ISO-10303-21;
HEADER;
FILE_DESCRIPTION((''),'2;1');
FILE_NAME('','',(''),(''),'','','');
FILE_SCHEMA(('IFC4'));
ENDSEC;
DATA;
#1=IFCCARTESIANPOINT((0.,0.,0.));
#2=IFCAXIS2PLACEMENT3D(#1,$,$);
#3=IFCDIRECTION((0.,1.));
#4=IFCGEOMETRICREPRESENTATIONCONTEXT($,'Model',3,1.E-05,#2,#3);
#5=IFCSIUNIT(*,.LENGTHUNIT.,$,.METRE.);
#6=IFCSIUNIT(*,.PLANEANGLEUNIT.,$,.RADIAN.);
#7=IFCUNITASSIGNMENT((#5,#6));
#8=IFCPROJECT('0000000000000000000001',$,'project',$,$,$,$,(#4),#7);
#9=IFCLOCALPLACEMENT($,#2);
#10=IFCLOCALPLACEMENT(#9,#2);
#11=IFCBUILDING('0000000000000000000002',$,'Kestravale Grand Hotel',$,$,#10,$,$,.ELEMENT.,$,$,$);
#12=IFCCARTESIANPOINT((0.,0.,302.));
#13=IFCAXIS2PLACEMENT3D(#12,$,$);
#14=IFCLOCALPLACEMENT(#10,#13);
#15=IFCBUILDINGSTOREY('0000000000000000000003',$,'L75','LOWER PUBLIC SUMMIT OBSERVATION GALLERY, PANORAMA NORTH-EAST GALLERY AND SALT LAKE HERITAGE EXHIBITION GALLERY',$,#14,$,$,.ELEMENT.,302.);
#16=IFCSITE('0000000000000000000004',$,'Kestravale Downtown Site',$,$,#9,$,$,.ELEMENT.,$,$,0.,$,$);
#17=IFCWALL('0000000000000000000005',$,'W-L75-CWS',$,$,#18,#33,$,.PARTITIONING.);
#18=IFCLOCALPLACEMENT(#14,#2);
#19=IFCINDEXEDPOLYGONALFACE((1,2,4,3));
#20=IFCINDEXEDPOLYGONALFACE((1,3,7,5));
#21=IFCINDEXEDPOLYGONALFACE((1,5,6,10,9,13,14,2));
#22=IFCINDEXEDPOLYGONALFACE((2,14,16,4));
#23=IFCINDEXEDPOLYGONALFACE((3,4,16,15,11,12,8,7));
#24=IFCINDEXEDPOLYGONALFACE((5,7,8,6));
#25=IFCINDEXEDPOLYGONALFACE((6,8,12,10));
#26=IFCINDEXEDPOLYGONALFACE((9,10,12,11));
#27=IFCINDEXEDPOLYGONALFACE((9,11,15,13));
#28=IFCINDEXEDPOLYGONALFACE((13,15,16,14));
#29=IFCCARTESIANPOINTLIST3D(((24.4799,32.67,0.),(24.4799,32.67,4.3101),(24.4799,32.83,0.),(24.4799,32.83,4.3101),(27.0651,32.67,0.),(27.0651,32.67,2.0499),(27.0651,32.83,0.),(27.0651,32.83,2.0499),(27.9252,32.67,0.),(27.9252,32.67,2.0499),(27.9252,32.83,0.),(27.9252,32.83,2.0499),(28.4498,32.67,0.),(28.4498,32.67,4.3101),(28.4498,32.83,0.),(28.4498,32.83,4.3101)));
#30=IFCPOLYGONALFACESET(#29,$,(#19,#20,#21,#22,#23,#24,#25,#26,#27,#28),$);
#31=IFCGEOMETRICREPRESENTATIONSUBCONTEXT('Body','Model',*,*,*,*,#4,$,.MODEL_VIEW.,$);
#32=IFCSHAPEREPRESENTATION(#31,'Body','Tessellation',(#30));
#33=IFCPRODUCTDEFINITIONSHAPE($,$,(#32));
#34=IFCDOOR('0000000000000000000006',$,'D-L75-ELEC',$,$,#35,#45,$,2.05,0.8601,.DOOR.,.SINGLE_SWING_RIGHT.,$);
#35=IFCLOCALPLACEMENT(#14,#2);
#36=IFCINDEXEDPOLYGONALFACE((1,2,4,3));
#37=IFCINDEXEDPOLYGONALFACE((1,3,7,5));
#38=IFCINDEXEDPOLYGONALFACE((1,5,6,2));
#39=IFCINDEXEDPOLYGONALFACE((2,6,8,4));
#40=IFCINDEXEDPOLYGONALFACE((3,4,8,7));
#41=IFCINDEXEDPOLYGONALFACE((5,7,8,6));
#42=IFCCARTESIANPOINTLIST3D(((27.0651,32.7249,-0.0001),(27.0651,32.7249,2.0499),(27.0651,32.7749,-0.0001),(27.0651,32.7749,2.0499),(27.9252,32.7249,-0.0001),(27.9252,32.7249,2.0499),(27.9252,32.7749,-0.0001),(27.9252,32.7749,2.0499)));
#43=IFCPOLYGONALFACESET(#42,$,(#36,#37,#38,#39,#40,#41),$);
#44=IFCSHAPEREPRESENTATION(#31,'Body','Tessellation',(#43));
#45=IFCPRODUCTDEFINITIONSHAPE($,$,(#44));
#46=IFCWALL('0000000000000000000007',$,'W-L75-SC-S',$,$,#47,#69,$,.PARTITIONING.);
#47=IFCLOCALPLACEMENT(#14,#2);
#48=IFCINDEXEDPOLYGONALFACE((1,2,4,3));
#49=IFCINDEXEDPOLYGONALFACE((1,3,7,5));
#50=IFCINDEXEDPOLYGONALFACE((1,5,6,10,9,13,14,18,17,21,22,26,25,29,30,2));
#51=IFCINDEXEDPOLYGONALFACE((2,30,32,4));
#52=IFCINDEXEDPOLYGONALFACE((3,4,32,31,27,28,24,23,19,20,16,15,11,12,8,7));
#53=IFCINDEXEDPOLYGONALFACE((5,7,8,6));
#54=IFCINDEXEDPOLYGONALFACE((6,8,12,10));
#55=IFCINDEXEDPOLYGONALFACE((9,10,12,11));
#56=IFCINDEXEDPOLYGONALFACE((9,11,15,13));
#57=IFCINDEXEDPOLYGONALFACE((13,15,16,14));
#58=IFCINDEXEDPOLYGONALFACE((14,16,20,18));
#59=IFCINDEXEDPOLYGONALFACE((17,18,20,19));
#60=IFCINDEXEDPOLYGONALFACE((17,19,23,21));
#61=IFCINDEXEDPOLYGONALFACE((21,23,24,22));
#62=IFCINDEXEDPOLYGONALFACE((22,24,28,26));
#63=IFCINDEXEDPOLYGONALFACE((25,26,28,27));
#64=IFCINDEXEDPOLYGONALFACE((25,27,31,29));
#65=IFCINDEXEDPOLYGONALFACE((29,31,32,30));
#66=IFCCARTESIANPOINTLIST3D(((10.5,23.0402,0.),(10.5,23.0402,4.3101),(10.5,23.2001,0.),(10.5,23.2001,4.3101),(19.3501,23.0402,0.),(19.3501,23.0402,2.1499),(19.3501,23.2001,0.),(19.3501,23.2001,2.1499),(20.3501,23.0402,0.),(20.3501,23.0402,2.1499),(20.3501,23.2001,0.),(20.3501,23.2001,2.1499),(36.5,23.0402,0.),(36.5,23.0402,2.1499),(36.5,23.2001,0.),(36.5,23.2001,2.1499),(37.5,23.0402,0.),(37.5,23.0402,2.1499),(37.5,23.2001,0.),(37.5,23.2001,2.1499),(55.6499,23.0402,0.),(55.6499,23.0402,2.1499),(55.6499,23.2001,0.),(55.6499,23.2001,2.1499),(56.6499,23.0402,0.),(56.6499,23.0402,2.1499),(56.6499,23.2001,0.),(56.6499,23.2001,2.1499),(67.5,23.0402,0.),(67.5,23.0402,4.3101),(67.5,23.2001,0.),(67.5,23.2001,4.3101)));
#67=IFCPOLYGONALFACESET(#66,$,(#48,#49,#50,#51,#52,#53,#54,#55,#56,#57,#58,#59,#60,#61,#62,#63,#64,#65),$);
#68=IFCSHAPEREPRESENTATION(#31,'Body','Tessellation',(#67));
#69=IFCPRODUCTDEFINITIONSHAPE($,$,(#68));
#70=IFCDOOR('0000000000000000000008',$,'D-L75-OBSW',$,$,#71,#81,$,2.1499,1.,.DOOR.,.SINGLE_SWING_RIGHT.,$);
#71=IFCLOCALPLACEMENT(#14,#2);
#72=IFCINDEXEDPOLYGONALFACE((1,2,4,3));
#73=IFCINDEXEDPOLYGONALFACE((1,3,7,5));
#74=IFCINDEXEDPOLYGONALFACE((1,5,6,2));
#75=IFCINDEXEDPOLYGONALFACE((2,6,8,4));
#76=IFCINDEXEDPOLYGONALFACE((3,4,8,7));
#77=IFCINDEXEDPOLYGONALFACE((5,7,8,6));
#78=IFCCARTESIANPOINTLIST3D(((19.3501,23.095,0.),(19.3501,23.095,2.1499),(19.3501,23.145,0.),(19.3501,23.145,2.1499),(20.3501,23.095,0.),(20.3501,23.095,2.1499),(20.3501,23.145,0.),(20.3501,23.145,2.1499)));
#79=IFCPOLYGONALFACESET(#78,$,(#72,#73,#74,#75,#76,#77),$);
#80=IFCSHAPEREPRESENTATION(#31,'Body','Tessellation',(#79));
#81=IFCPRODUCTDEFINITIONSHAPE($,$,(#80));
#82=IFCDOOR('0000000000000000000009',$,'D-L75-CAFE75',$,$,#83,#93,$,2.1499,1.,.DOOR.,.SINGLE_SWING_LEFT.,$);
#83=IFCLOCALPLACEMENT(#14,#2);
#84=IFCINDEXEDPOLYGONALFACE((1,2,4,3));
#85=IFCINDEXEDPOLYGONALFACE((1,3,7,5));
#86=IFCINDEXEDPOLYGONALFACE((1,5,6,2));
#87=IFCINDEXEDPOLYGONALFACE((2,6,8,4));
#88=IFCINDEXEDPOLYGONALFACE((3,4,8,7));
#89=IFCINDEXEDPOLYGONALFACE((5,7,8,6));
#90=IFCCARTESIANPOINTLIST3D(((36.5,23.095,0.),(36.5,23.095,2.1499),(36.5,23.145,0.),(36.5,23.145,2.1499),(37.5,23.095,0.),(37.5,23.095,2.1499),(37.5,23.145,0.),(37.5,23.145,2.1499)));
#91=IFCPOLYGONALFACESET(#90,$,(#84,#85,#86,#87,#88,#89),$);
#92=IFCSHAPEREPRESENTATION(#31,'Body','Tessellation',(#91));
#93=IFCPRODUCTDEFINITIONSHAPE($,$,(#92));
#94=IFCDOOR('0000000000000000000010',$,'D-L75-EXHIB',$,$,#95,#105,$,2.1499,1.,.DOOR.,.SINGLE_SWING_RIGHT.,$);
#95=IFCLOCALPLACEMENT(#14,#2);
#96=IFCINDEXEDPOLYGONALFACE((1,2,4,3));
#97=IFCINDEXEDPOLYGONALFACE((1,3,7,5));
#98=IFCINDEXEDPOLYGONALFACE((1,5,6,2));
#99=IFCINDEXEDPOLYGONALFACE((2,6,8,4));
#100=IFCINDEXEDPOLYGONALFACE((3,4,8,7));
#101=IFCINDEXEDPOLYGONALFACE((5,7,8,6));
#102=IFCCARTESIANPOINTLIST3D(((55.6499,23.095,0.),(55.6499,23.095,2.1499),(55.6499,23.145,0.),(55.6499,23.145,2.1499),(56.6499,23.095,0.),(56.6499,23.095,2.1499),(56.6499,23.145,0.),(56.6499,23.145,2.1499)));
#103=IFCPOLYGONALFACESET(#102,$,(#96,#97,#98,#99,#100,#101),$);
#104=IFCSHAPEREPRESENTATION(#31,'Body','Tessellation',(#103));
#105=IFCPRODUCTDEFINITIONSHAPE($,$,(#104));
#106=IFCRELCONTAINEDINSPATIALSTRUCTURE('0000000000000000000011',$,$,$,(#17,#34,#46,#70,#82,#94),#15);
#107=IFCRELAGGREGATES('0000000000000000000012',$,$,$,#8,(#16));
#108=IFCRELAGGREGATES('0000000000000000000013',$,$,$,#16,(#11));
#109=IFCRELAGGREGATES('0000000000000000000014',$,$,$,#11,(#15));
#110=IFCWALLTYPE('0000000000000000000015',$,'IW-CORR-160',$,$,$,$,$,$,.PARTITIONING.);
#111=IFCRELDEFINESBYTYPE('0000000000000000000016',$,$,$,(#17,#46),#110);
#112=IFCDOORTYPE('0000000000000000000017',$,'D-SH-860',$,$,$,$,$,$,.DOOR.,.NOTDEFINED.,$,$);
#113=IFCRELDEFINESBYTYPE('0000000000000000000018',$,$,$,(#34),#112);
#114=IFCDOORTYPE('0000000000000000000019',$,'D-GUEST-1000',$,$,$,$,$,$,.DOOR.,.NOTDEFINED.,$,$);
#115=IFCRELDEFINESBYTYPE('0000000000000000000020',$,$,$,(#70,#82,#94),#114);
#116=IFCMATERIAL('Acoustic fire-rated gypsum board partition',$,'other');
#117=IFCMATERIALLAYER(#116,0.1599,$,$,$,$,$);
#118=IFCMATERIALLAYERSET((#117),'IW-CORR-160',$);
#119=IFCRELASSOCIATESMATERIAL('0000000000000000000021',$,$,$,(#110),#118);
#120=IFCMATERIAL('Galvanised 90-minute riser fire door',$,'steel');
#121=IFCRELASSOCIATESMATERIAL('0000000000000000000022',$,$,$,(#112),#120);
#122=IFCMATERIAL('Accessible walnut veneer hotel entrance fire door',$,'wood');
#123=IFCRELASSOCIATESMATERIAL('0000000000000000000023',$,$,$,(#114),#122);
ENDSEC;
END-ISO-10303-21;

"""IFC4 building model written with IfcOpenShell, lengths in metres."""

from ifc_helpers import new_model, si_unit, direction, frame, frame_2d, origin, place, context, subcontext, project, spatial, rectangle, extrude, material, layer, layer_set, type_object, element, fill, save


model = new_model("IFC4")

# Units and contexts
model_context = context("Model", 3, precision=1e-05, world=origin(), true_north=direction((0.0, 1.0)))
body_context = subcontext(model_context, "Body", "Model", "MODEL_VIEW")
ifc_project = project(units=[si_unit("LENGTHUNIT", "METRE"), si_unit("PLANEANGLEUNIT", "RADIAN")], contexts=[model_context])

# Site, building, storey
site_placement = place(None, origin())
site = spatial("IfcSite", under=ifc_project, at=site_placement, Name="Kestravale Downtown Site", CompositionType="ELEMENT", RefElevation=0.0)
building_placement = place(site_placement, origin())
building = spatial("IfcBuilding", under=site, at=building_placement, Name="Kestravale Grand Hotel", CompositionType="ELEMENT")
storey_placement = place(building_placement, frame((0.0, 0.0, 302.0)))
storey = spatial("IfcBuildingStorey", under=building, at=storey_placement, Name="L75", Description="LOWER PUBLIC SUMMIT OBSERVATION GALLERY, PANORAMA NORTH-EAST GALLERY AND SALT LAKE HERITAGE EXHIBITION GALLERY", CompositionType="ELEMENT", Elevation=302.0)

# Wall, opening, door
ifc_material_1 = material(Name="Acoustic fire-rated gypsum board partition", Category="other")
ifc_layer_1 = layer(ifc_material_1, 0.1599)
ifc_layer_set_1 = layer_set([ifc_layer_1], Name="IW-CORR-160")
wall_type_1 = type_object("IfcWallType", Name="IW-CORR-160", PredefinedType="PARTITIONING", material=ifc_layer_set_1)
wall_1_placement = place(storey_placement, frame((24.48, 32.75, 0.0), z_axis=(0.0, 0.0, 1.0), x_axis=(1.0, 0.0, 0.0)))
wall_1 = element("IfcWall", 1, at=wall_1_placement, inside=storey, type_object=wall_type_1, Name="W-L75-CWS", PredefinedType="PARTITIONING", context=body_context, shape_type="SweptSolid", body=[
    extrude(rectangle(XDim=3.97, YDim=0.1599, at=frame_2d((1.9849, 0.0))), origin(), (0.0, 0.0, 1.0), 4.3101),
])
opening_1_placement = place(wall_1_placement, frame((2.585, 0.0, 0.0)))
opening_1 = element("IfcOpeningElement", 2, at=opening_1_placement, cuts=wall_1, PredefinedType="OPENING", context=body_context, shape_type="SweptSolid", body=[
    extrude(rectangle(XDim=0.8601, YDim=2.05, at=frame_2d((0.4302, 1.0249))), frame((0.0, 0.0898, 0.0), z_axis=(0.0, -1.0, 0.0), x_axis=(1.0, 0.0, 0.0)), (0.0, 0.0, 1.0), 0.1799),
])
ifc_material_2 = material(Name="Galvanised 90-minute riser fire door", Category="steel")
door_type_1 = type_object("IfcDoorType", Name="D-SH-860", OperationType="NOTDEFINED", PredefinedType="DOOR", material=ifc_material_2)
door_1_placement = place(opening_1_placement, origin())
door_1 = element("IfcDoor", 3, at=door_1_placement, inside=storey, type_object=door_type_1, Name="D-L75-ELEC", OperationType="SINGLE_SWING_RIGHT", OverallHeight=2.05, OverallWidth=0.8601, PredefinedType="DOOR", context=body_context, shape_type="SweptSolid", body=[
    extrude(rectangle(XDim=0.8601, YDim=2.05, at=frame_2d((0.4302, 1.0249))), frame((0.0, 0.0249, 0.0), z_axis=(0.0, -1.0, 0.0), x_axis=(1.0, 0.0, 0.0)), (0.0, 0.0, 1.0), 0.05),
])
fill(opening_1, door_1)

# Wall, openings, doors
wall_2_placement = place(storey_placement, frame((10.5, 23.1201, 0.0), z_axis=(0.0, 0.0, 1.0), x_axis=(1.0, 0.0, 0.0)))
wall_2 = element("IfcWall", 4, at=wall_2_placement, inside=storey, type_object=wall_type_1, Name="W-L75-SC-S", PredefinedType="PARTITIONING", context=body_context, shape_type="SweptSolid", body=[
    extrude(rectangle(XDim=57.0, YDim=0.1599, at=frame_2d((28.5, 0.0))), origin(), (0.0, 0.0, 1.0), 4.3101),
])
opening_2_placement = place(wall_2_placement, frame((8.8501, 0.0, 0.0)))
opening_2 = element("IfcOpeningElement", 5, at=opening_2_placement, cuts=wall_2, PredefinedType="OPENING", context=body_context, shape_type="SweptSolid", body=[
    extrude(rectangle(XDim=1.0, YDim=2.1499, at=frame_2d((0.5, 1.075))), frame((0.0, 0.0898, 0.0), z_axis=(0.0, -1.0, 0.0), x_axis=(1.0, 0.0, 0.0)), (0.0, 0.0, 1.0), 0.1799),
])
opening_3_placement = place(wall_2_placement, frame((26.0, 0.0, 0.0)))
opening_3 = element("IfcOpeningElement", 6, at=opening_3_placement, cuts=wall_2, PredefinedType="OPENING", context=body_context, shape_type="SweptSolid", body=[
    extrude(rectangle(XDim=1.0, YDim=2.1499, at=frame_2d((0.5, 1.075))), frame((0.0, 0.0898, 0.0), z_axis=(0.0, -1.0, 0.0), x_axis=(1.0, 0.0, 0.0)), (0.0, 0.0, 1.0), 0.1799),
])
opening_4_placement = place(wall_2_placement, frame((45.1499, 0.0, 0.0)))
opening_4 = element("IfcOpeningElement", 7, at=opening_4_placement, cuts=wall_2, PredefinedType="OPENING", context=body_context, shape_type="SweptSolid", body=[
    extrude(rectangle(XDim=1.0, YDim=2.1499, at=frame_2d((0.5, 1.075))), frame((0.0, 0.0898, 0.0), z_axis=(0.0, -1.0, 0.0), x_axis=(1.0, 0.0, 0.0)), (0.0, 0.0, 1.0), 0.1799),
])
ifc_material_3 = material(Name="Accessible walnut veneer hotel entrance fire door", Category="wood")
door_type_2 = type_object("IfcDoorType", Name="D-GUEST-1000", OperationType="NOTDEFINED", PredefinedType="DOOR", material=ifc_material_3)
door_2_placement = place(opening_2_placement, origin())
door_2 = element("IfcDoor", 8, at=door_2_placement, inside=storey, type_object=door_type_2, Name="D-L75-OBSW", OperationType="SINGLE_SWING_RIGHT", OverallHeight=2.1499, OverallWidth=1.0, PredefinedType="DOOR", context=body_context, shape_type="SweptSolid", body=[
    extrude(rectangle(XDim=1.0, YDim=2.1499, at=frame_2d((0.5, 1.075))), frame((0.0, 0.0249, 0.0), z_axis=(0.0, -1.0, 0.0), x_axis=(1.0, 0.0, 0.0)), (0.0, 0.0, 1.0), 0.05),
])
fill(opening_2, door_2)
door_3_placement = place(opening_3_placement, origin())
door_3 = element("IfcDoor", 9, at=door_3_placement, inside=storey, type_object=door_type_2, Name="D-L75-CAFE75", OperationType="SINGLE_SWING_LEFT", OverallHeight=2.1499, OverallWidth=1.0, PredefinedType="DOOR", context=body_context, shape_type="SweptSolid", body=[
    extrude(rectangle(XDim=1.0, YDim=2.1499, at=frame_2d((0.5, 1.075))), frame((0.0, 0.0249, 0.0), z_axis=(0.0, -1.0, 0.0), x_axis=(1.0, 0.0, 0.0)), (0.0, 0.0, 1.0), 0.05),
])
fill(opening_3, door_3)
door_4_placement = place(opening_4_placement, origin())
door_4 = element("IfcDoor", 10, at=door_4_placement, inside=storey, type_object=door_type_2, Name="D-L75-EXHIB", OperationType="SINGLE_SWING_RIGHT", OverallHeight=2.1499, OverallWidth=1.0, PredefinedType="DOOR", context=body_context, shape_type="SweptSolid", body=[
    extrude(rectangle(XDim=1.0, YDim=2.1499, at=frame_2d((0.5, 1.075))), frame((0.0, 0.0249, 0.0), z_axis=(0.0, -1.0, 0.0), x_axis=(1.0, 0.0, 0.0)), (0.0, 0.0, 1.0), 0.05),
])
fill(opening_4, door_4)

save(model, "model.ifc")
